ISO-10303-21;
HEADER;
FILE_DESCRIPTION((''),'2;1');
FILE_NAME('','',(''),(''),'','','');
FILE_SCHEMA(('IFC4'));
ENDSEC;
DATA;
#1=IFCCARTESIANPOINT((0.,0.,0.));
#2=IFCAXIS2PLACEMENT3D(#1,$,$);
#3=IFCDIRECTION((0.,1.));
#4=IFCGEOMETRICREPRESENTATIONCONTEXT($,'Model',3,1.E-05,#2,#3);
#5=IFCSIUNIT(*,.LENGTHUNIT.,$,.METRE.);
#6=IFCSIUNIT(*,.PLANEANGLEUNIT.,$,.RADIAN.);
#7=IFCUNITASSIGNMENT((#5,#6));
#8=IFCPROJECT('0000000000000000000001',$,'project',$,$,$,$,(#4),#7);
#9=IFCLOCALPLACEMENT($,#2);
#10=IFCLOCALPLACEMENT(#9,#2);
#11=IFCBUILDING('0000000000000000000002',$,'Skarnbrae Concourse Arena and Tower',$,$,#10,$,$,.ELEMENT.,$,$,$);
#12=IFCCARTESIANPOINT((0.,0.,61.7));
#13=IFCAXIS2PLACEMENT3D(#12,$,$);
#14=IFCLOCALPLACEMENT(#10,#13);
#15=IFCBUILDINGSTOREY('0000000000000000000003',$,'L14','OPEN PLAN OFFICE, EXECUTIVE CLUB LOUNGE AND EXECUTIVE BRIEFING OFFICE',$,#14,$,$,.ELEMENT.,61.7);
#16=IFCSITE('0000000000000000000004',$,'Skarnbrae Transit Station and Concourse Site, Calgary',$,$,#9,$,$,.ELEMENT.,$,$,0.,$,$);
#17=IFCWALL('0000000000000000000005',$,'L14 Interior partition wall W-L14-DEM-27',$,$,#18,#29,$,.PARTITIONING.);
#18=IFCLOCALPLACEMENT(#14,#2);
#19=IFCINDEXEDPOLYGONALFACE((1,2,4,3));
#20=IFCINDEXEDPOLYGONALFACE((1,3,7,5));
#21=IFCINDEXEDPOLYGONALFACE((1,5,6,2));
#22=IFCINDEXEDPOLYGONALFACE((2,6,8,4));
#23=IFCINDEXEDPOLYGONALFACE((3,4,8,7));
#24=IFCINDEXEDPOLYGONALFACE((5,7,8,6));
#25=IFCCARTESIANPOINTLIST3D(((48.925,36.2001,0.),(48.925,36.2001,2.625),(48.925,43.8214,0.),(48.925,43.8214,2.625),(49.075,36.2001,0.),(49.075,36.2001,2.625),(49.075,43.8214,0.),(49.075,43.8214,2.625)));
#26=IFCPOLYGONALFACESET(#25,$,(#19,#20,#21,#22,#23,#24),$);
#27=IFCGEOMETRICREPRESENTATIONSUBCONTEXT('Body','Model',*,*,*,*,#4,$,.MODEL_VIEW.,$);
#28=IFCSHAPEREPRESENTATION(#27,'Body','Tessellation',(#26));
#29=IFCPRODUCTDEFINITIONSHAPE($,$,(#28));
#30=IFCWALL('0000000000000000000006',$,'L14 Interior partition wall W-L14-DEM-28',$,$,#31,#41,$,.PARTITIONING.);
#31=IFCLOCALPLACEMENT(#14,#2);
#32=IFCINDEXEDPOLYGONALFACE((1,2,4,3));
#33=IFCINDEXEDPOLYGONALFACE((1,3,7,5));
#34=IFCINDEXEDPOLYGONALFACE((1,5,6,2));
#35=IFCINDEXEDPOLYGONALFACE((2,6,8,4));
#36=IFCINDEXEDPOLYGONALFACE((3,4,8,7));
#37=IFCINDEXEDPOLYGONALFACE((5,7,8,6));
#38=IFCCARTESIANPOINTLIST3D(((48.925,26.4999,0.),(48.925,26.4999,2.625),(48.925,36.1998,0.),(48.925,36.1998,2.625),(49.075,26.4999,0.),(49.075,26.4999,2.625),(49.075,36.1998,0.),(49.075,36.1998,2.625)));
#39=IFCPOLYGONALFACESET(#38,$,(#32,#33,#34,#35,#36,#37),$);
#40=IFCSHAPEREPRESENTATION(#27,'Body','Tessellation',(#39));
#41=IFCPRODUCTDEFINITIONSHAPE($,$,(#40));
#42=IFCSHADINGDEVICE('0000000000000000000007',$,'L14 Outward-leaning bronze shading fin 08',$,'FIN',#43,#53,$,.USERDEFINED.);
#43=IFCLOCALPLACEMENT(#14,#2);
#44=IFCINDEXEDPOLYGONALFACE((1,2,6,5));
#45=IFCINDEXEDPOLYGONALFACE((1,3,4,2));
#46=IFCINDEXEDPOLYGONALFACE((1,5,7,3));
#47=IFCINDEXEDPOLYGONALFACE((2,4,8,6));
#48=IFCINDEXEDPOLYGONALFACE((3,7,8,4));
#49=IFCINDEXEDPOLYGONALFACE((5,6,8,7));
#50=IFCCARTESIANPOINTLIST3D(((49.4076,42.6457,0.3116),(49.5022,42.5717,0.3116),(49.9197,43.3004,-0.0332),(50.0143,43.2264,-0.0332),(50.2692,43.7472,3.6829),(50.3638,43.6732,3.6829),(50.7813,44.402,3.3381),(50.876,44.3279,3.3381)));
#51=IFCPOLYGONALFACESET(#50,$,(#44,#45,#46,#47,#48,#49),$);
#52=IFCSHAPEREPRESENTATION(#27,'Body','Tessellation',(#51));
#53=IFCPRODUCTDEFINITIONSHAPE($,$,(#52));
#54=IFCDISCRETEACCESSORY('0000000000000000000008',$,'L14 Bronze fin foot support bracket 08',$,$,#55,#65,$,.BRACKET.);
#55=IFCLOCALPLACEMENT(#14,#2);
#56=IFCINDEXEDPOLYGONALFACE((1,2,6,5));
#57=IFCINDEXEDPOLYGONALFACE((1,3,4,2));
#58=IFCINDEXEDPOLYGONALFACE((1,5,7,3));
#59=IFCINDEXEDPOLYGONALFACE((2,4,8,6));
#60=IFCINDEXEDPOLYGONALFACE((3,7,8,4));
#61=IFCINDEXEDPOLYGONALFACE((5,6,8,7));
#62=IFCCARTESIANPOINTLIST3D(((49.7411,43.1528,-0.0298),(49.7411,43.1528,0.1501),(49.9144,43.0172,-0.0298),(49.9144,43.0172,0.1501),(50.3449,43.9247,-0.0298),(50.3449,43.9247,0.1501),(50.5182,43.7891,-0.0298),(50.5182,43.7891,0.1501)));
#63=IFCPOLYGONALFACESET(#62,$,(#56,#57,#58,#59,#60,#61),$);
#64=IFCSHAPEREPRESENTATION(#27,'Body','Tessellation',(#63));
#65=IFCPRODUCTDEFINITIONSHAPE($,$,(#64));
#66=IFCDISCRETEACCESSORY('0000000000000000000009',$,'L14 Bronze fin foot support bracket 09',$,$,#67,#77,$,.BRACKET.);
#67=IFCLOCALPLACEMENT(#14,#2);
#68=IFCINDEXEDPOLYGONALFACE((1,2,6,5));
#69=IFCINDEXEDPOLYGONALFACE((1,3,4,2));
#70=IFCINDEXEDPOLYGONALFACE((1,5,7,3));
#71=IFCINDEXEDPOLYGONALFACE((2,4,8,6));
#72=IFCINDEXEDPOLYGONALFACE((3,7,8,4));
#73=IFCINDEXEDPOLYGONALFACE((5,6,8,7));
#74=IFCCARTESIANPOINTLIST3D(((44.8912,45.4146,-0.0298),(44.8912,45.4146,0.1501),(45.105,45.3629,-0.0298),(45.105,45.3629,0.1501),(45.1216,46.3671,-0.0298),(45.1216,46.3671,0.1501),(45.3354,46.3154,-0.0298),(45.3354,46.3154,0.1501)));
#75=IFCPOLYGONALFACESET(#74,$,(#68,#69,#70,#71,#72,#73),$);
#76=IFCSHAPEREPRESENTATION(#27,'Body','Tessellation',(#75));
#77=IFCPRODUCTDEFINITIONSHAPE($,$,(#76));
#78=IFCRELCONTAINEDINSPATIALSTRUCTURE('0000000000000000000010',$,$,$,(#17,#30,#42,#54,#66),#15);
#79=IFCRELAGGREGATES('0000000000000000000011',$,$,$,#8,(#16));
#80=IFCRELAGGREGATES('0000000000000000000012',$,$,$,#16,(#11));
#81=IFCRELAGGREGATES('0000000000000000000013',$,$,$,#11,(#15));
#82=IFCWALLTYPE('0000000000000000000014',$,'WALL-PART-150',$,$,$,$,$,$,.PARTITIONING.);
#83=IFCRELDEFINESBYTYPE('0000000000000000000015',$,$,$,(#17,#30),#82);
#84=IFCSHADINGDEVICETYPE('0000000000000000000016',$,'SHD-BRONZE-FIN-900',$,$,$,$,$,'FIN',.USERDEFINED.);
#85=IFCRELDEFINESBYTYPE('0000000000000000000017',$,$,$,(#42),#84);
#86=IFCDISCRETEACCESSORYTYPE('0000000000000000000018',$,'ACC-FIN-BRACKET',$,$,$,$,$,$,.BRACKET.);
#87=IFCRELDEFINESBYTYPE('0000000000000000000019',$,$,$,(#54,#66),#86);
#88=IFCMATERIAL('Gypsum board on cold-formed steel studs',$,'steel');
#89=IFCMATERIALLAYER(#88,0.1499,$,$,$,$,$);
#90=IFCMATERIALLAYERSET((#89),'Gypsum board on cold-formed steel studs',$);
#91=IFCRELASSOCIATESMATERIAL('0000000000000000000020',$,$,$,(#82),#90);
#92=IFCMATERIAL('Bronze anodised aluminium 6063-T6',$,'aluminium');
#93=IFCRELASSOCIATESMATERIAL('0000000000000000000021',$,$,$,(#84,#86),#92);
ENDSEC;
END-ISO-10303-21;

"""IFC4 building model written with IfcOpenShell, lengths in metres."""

from ifc_helpers import new_model, si_unit, direction, frame, frame_2d, origin, origin_2d, place, context, subcontext, project, spatial, rectangle, extrude, source, transform, mapped, material, layer, layer_set, type_object, element, save


model = new_model("IFC4")

# Units and contexts
model_context = context("Model", 3, precision=1e-05, world=origin(), true_north=direction((0.0, 1.0)))
body_context = subcontext(model_context, "Body", "Model", "MODEL_VIEW")
ifc_project = project(units=[si_unit("LENGTHUNIT", "METRE"), si_unit("PLANEANGLEUNIT", "RADIAN")], contexts=[model_context])

# Site, building, storey
site_placement = place(None, origin())
site = spatial("IfcSite", under=ifc_project, at=site_placement, Name="Skarnbrae Transit Station and Concourse Site, Calgary", CompositionType="ELEMENT", RefElevation=0.0)
building_placement = place(site_placement, origin())
building = spatial("IfcBuilding", under=site, at=building_placement, Name="Skarnbrae Concourse Arena and Tower", CompositionType="ELEMENT")
storey_placement = place(building_placement, frame((0.0, 0.0, 61.7)))
storey = spatial("IfcBuildingStorey", under=building, at=storey_placement, Name="L14", Description="OPEN PLAN OFFICE, EXECUTIVE CLUB LOUNGE AND EXECUTIVE BRIEFING OFFICE", CompositionType="ELEMENT", Elevation=61.7)

# Shared definitions
ifc_material_1 = material(Name="Bronze anodised aluminium 6063-T6", Category="aluminium")

# Walls
ifc_material_2 = material(Name="Gypsum board on cold-formed steel studs", Category="steel")
ifc_layer_1 = layer(ifc_material_2, 0.1499)
ifc_layer_set_1 = layer_set([ifc_layer_1], Name="Gypsum board on cold-formed steel studs")
wall_type_1 = type_object("IfcWallType", Name="WALL-PART-150", PredefinedType="PARTITIONING", material=ifc_layer_set_1)
shared_shape_1 = source(origin(), body_context, "Body", "SweptSolid", [
    extrude(rectangle(XDim=7.6213, YDim=0.1499, at=frame_2d((3.8105, 0.0))), origin(), (0.0, 0.0, 1.0), 2.625),
])
wall_1_placement = place(storey_placement, frame((49.0, 43.8213, 0.0), z_axis=(0.0, 0.0, 1.0), x_axis=(0.0, -1.0, 0.0)))
element("IfcWall", 1, at=wall_1_placement, inside=storey, type_object=wall_type_1, Name="L14 Interior partition wall W-L14-DEM-27", PredefinedType="PARTITIONING", context=body_context, shape_type="MappedRepresentation", body=[
    mapped(shared_shape_1, transform((0.0, 0.0, 0.0))),
])
shared_shape_2 = source(origin(), body_context, "Body", "SweptSolid", [
    extrude(rectangle(XDim=9.7, YDim=0.1499, at=frame_2d((4.8501, 0.0))), origin(), (0.0, 0.0, 1.0), 2.625),
])
wall_2_placement = place(storey_placement, frame((49.0, 36.2, 0.0), z_axis=(0.0, 0.0, 1.0), x_axis=(0.0, -1.0, 0.0)))
element("IfcWall", 2, at=wall_2_placement, inside=storey, type_object=wall_type_1, Name="L14 Interior partition wall W-L14-DEM-28", PredefinedType="PARTITIONING", context=body_context, shape_type="MappedRepresentation", body=[
    mapped(shared_shape_2, transform((0.0, 0.0, 0.0))),
])

# Shading device
shading_device_type = type_object("IfcShadingDeviceType", Name="SHD-BRONZE-FIN-900", ElementType="FIN", PredefinedType="USERDEFINED", material=ifc_material_1)
shared_shape_3 = source(origin(), body_context, "Body", "SweptSolid", [
    extrude(rectangle(XDim=0.1201, YDim=0.8999, at=origin_2d()), origin(), (0.0, 0.0, 1.0), 3.6499),
])
shading_device_placement = place(storey_placement, frame((49.7109, 42.936, 0.1392), z_axis=(0.236075, 0.301804, 0.923679), x_axis=(0.787656, -0.616115, 0.0)))
element("IfcShadingDevice", 3, at=shading_device_placement, inside=storey, type_object=shading_device_type, Name="L14 Outward-leaning bronze shading fin 08", ObjectType="FIN", PredefinedType="USERDEFINED", context=body_context, shape_type="MappedRepresentation", body=[
    mapped(shared_shape_3, transform((0.0, 0.0, 0.0))),
])

# Discrete accessories
discrete_accessory_type = type_object("IfcDiscreteAccessoryType", Name="ACC-FIN-BRACKET", PredefinedType="BRACKET", material=ifc_material_1)
shared_shape_4 = source(origin(), body_context, "Body", "SweptSolid", [
    extrude(rectangle(XDim=0.22, YDim=0.98, at=origin_2d()), origin(), (0.0, 0.0, 1.0), 0.1799),
])
for number, where, z_axis, x_axis, name in (
    (4, (50.1296, 43.4709, -0.0298), (0.0, 0.0, 1.0), (0.787656, -0.616115, 0.0), "L14 Bronze fin foot support bracket 08"),
    (5, (45.1133, 45.865, -0.0298), (0.0, 0.0, 1.0), (0.971973, -0.235091, 0.0), "L14 Bronze fin foot support bracket 09"),
):
    element("IfcDiscreteAccessory", number, at=place(storey_placement, frame(where, z_axis=z_axis, x_axis=x_axis)), inside=storey, type_object=discrete_accessory_type, Name=name, PredefinedType="BRACKET", context=body_context, shape_type="MappedRepresentation", body=[
        mapped(shared_shape_4, transform((0.0, 0.0, 0.0))),
    ])

save(model, "model.ifc")
